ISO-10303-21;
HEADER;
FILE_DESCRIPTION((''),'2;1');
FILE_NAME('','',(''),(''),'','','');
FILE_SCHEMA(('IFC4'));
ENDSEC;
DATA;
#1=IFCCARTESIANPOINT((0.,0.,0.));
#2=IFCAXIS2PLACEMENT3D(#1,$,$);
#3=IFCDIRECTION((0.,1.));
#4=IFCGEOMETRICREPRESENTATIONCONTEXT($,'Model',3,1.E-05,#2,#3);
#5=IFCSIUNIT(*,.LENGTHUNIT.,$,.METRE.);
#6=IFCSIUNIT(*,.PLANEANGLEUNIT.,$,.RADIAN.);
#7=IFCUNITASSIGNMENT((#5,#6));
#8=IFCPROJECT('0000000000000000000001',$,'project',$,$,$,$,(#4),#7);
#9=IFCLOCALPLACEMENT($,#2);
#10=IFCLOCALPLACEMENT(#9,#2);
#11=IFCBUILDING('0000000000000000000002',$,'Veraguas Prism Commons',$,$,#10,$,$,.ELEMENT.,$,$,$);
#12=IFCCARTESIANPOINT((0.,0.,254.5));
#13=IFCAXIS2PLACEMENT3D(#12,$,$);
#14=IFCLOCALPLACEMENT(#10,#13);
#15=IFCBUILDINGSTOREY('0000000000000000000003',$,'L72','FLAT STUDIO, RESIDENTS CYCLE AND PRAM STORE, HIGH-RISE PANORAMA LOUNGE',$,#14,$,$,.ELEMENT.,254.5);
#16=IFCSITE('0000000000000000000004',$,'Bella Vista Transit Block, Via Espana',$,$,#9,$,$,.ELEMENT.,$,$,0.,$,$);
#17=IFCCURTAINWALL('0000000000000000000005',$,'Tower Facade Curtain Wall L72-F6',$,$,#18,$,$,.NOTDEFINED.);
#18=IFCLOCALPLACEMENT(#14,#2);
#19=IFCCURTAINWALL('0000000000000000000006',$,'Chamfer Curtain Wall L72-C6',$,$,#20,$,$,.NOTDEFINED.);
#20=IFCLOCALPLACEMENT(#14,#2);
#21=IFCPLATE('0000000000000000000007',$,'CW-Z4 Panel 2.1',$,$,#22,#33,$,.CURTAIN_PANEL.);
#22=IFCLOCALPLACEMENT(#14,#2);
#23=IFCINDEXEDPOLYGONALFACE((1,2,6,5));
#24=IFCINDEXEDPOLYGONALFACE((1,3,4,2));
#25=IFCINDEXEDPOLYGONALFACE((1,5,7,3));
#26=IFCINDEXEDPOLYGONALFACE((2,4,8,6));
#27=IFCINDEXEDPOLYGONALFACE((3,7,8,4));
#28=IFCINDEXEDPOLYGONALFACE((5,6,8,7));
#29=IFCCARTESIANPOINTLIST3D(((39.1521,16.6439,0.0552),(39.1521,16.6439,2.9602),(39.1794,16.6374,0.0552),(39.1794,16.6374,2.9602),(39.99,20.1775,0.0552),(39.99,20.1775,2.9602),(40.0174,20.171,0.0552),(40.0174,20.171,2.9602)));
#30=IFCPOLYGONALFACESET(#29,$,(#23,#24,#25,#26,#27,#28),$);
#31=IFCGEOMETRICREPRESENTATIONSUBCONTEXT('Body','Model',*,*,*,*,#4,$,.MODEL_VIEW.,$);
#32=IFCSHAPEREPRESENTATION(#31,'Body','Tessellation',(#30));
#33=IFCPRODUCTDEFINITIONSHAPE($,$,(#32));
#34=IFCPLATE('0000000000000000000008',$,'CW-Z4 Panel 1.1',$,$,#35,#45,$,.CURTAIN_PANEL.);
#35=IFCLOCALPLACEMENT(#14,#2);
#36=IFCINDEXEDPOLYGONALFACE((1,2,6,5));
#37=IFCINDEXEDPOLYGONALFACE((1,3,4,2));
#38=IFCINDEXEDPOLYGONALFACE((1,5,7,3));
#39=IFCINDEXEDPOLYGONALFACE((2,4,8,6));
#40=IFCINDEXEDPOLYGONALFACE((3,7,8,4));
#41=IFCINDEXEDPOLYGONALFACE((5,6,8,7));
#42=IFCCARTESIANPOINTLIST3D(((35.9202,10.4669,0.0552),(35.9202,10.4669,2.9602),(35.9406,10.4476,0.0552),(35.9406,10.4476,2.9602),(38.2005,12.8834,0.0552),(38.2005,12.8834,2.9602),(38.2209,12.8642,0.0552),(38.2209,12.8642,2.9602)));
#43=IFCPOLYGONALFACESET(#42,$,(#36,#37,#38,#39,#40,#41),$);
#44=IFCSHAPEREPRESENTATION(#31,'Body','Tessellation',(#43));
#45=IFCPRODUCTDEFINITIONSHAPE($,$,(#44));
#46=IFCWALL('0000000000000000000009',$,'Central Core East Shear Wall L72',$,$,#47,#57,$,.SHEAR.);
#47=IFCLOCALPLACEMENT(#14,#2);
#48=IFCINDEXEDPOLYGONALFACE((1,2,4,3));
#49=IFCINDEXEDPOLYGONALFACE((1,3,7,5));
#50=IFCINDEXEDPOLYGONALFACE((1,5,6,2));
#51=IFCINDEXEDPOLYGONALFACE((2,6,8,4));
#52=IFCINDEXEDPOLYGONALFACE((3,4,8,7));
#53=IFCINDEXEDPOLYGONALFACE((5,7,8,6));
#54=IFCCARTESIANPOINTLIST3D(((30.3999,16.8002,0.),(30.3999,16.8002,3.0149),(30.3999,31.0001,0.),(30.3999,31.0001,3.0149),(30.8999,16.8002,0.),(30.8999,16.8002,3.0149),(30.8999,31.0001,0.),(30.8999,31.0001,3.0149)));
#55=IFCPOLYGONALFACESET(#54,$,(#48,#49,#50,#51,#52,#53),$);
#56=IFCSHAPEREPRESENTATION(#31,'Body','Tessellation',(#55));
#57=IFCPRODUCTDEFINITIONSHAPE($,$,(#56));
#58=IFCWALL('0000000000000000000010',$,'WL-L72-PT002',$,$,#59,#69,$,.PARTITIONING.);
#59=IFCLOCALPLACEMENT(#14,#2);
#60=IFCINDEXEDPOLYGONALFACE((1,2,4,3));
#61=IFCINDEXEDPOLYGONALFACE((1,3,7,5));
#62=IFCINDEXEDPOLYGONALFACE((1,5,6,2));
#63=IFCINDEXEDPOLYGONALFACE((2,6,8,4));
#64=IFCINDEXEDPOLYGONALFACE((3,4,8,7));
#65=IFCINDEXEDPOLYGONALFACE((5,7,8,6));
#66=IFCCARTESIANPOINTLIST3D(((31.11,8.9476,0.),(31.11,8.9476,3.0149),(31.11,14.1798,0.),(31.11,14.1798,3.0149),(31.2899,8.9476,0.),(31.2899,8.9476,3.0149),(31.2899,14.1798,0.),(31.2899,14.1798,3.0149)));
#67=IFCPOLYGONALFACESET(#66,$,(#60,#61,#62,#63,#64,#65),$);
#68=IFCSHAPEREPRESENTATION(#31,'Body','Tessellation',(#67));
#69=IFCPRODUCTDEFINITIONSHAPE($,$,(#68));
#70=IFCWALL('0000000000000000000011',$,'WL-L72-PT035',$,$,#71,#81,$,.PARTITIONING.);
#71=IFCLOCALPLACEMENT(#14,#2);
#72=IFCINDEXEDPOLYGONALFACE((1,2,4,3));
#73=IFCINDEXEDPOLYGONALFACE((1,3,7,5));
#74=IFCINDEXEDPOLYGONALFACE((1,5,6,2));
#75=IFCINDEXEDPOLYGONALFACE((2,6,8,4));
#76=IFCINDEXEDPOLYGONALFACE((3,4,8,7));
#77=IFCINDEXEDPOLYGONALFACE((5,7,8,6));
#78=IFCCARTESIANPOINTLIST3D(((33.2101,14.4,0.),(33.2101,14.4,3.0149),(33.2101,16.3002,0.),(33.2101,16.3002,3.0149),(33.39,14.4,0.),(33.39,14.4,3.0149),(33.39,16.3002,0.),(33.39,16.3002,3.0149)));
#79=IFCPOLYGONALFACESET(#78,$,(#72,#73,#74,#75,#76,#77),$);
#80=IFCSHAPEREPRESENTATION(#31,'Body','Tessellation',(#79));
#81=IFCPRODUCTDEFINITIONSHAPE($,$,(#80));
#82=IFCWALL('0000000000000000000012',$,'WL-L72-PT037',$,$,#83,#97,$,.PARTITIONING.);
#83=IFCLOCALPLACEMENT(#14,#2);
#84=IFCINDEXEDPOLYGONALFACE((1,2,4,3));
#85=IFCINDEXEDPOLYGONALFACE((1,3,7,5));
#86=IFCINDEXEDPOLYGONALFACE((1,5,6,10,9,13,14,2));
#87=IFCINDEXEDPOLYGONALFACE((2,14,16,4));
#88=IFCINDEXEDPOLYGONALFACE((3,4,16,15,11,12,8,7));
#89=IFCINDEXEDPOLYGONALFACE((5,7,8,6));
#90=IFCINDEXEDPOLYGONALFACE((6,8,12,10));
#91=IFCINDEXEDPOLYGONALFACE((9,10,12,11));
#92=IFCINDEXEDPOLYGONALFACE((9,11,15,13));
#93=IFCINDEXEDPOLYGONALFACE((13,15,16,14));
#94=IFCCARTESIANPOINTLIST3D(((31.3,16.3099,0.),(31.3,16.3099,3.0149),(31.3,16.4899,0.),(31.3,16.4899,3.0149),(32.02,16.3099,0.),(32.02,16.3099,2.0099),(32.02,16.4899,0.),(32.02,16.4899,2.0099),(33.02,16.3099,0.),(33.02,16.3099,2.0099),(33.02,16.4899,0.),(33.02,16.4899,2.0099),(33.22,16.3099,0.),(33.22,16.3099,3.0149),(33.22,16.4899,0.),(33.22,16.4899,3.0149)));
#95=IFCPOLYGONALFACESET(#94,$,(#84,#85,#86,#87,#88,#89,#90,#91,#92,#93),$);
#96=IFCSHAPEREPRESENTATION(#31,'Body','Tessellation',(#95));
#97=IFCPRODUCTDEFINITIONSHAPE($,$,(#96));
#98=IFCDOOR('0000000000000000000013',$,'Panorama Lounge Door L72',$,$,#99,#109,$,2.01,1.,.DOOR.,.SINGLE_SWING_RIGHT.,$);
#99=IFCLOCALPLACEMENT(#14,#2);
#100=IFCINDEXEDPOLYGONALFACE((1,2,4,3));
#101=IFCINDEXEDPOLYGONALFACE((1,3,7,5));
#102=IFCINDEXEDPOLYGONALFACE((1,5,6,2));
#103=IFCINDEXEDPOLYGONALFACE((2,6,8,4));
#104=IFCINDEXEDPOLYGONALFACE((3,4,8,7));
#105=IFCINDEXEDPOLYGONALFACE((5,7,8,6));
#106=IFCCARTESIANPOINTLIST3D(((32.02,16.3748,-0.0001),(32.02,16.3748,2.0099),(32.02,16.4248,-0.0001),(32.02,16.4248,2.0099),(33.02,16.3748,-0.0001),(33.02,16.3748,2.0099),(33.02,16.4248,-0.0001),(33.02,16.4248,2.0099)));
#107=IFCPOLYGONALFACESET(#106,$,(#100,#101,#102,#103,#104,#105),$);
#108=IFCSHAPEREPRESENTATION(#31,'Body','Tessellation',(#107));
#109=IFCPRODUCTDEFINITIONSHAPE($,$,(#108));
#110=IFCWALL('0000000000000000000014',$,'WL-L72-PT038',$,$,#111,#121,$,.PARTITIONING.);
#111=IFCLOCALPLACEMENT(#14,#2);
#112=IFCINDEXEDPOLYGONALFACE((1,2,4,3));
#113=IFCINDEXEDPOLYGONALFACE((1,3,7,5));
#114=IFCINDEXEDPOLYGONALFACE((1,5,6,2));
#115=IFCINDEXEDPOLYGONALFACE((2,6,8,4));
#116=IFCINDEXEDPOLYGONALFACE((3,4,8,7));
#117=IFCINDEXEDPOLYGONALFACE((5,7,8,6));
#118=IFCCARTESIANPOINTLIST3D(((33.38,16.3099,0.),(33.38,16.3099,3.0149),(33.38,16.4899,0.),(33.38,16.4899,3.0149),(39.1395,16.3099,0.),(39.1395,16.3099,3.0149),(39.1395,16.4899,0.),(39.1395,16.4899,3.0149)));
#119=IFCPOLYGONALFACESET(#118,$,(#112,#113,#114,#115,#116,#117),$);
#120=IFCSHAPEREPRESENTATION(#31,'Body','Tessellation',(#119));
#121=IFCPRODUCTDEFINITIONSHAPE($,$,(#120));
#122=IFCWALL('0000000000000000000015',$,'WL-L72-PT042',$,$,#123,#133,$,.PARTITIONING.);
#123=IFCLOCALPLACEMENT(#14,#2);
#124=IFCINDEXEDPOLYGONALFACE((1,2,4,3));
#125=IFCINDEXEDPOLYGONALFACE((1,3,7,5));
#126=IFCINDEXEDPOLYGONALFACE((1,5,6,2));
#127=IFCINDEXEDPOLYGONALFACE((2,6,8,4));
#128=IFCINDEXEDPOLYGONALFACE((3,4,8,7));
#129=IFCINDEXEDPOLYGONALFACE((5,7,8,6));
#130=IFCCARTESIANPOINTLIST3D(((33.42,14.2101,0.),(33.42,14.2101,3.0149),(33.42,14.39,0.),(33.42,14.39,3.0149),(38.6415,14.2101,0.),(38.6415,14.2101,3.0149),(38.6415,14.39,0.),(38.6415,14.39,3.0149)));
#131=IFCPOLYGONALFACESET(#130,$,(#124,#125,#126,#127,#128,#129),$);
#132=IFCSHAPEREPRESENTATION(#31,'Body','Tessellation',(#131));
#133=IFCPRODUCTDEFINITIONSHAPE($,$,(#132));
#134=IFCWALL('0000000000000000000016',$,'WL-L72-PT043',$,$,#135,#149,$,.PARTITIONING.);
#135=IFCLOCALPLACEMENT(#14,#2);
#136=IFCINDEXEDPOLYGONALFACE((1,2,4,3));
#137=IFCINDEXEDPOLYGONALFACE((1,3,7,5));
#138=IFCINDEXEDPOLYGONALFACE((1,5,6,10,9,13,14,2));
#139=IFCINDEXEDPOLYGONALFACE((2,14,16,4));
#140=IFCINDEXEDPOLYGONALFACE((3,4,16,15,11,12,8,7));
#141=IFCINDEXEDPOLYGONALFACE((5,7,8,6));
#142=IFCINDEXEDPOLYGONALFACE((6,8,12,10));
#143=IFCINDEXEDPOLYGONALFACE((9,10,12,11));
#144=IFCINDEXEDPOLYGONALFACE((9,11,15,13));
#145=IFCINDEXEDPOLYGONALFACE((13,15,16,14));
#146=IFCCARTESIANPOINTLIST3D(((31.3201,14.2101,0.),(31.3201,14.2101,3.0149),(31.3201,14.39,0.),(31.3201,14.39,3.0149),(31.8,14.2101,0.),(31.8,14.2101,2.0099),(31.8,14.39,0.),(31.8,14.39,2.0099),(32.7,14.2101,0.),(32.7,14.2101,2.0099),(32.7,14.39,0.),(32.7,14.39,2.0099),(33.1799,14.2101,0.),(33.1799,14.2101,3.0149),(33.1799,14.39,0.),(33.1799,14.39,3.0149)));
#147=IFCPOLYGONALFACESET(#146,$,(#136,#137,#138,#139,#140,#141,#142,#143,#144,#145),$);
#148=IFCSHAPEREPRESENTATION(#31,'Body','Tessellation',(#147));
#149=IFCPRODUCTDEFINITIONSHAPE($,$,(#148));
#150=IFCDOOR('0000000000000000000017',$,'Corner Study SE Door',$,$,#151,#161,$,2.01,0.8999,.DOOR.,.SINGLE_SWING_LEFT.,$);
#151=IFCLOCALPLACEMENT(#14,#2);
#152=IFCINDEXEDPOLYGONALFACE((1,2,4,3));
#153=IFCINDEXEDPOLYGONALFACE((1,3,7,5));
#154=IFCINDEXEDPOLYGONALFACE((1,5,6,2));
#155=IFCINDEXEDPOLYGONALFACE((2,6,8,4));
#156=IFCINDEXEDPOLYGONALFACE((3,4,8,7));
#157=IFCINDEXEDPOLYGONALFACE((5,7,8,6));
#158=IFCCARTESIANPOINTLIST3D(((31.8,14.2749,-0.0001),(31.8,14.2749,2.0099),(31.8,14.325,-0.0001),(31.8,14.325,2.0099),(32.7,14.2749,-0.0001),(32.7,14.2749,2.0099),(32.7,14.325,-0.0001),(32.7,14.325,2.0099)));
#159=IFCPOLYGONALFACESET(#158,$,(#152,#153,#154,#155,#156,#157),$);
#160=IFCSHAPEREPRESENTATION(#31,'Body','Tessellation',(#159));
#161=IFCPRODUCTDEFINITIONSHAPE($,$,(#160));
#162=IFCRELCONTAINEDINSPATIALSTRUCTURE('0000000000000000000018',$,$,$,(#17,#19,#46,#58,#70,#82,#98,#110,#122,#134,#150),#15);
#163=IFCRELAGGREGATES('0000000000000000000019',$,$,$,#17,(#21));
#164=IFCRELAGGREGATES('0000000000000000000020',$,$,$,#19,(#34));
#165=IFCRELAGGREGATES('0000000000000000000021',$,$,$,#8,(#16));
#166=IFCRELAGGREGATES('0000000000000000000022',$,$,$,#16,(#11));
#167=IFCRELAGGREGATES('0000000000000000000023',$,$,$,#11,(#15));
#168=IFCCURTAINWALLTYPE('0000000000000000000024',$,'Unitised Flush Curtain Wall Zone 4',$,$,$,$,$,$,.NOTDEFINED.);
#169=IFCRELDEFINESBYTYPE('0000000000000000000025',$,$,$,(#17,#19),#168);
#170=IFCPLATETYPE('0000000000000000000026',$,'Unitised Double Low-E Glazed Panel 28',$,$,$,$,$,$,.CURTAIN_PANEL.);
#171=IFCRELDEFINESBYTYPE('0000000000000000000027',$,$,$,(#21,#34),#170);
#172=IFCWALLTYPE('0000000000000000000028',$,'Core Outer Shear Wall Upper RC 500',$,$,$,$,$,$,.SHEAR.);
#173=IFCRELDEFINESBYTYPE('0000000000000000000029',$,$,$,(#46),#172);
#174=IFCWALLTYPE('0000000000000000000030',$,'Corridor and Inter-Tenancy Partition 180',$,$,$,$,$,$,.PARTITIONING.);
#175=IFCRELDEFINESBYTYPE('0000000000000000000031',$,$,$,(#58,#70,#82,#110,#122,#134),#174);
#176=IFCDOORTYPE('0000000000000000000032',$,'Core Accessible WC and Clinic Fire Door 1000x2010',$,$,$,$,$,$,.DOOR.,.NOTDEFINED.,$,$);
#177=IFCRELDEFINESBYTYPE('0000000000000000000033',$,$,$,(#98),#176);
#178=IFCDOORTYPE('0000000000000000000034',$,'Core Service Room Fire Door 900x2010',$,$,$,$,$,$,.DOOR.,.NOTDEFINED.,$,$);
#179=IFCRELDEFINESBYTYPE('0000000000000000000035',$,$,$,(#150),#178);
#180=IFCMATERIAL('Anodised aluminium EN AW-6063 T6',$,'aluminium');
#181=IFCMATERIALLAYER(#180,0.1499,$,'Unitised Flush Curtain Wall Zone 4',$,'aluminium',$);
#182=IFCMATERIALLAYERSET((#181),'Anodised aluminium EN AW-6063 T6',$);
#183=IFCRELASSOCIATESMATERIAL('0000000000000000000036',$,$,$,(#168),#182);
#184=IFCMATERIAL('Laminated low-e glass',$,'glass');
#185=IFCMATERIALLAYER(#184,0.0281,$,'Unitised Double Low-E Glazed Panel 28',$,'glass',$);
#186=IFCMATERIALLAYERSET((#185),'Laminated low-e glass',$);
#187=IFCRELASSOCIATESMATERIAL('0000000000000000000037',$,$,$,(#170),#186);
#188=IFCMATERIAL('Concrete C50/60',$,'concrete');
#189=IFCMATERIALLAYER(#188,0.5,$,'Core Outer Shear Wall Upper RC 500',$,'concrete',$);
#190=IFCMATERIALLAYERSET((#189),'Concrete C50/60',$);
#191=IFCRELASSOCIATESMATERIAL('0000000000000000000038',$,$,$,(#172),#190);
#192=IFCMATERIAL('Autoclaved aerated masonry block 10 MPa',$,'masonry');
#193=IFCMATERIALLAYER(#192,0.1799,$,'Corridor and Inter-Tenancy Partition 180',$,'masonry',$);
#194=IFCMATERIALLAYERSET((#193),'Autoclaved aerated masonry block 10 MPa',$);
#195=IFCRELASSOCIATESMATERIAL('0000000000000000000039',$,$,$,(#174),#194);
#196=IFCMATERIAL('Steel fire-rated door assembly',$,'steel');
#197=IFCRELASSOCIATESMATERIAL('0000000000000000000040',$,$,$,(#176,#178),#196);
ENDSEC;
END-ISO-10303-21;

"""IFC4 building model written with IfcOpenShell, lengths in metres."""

from ifc_helpers import new_model, si_unit, direction, frame, frame_2d, origin, origin_2d, place, context, subcontext, project, spatial, rectangle, extrude, source, transform, mapped, material, layer, layer_set, type_object, element, fill, aggregate, save


model = new_model("IFC4")

# Units and contexts
model_context = context("Model", 3, precision=1e-05, world=origin(), true_north=direction((0.0, 1.0)))
body_context = subcontext(model_context, "Body", "Model", "MODEL_VIEW")
ifc_project = project(units=[si_unit("LENGTHUNIT", "METRE"), si_unit("PLANEANGLEUNIT", "RADIAN")], contexts=[model_context])

# Site, building, storey
site_placement = place(None, origin())
site = spatial("IfcSite", under=ifc_project, at=site_placement, Name="Bella Vista Transit Block, Via Espana", CompositionType="ELEMENT", RefElevation=0.0)
building_placement = place(site_placement, origin())
building = spatial("IfcBuilding", under=site, at=building_placement, Name="Veraguas Prism Commons", CompositionType="ELEMENT")
storey_placement = place(building_placement, frame((0.0, 0.0, 254.5)))
storey = spatial("IfcBuildingStorey", under=building, at=storey_placement, Name="L72", Description="FLAT STUDIO, RESIDENTS CYCLE AND PRAM STORE, HIGH-RISE PANORAMA LOUNGE", CompositionType="ELEMENT", Elevation=254.5)

# Shared definitions
ifc_material_1 = material(Name="Concrete C50/60", Category="concrete")

# Curtain walls
ifc_material_2 = material(Name="Anodised aluminium EN AW-6063 T6", Category="aluminium")
ifc_layer_1 = layer(ifc_material_2, 0.1499, Name="Unitised Flush Curtain Wall Zone 4", Category="aluminium")
ifc_layer_set_1 = layer_set([ifc_layer_1], Name="Anodised aluminium EN AW-6063 T6")
curtain_wall_type = type_object("IfcCurtainWallType", Name="Unitised Flush Curtain Wall Zone 4", PredefinedType="NOTDEFINED", material=ifc_layer_set_1)
curtain_wall_1_placement = place(storey_placement, origin())
curtain_wall_1 = element("IfcCurtainWall", 1, at=curtain_wall_1_placement, inside=storey, type_object=curtain_wall_type, Name="Tower Facade Curtain Wall L72-F6", PredefinedType="NOTDEFINED")
curtain_wall_2_placement = place(storey_placement, origin())
curtain_wall_2 = element("IfcCurtainWall", 2, at=curtain_wall_2_placement, inside=storey, type_object=curtain_wall_type, Name="Chamfer Curtain Wall L72-C6", PredefinedType="NOTDEFINED")

# Plates
ifc_material_3 = material(Name="Laminated low-e glass", Category="glass")
ifc_layer_2 = layer(ifc_material_3, 0.0281, Name="Unitised Double Low-E Glazed Panel 28", Category="glass")
ifc_layer_set_2 = layer_set([ifc_layer_2], Name="Laminated low-e glass")
plate_type = type_object("IfcPlateType", Name="Unitised Double Low-E Glazed Panel 28", PredefinedType="CURTAIN_PANEL", material=ifc_layer_set_2)
shared_shape_1 = source(origin(), body_context, "Body", "SweptSolid", [
    extrude(rectangle(XDim=3.6316, YDim=0.0281, at=origin_2d()), origin(), (0.0, 0.0, 1.0), 2.905),
])
plate_1_placement = place(storey_placement, frame((39.5847, 18.4075, 0.0552), z_axis=(0.0, 0.0, 1.0), x_axis=(0.230741, 0.973015, 0.0)))
plate_1 = element("IfcPlate", 3, at=plate_1_placement, type_object=plate_type, Name="CW-Z4 Panel 2.1", PredefinedType="CURTAIN_PANEL", context=body_context, shape_type="MappedRepresentation", body=[
    mapped(shared_shape_1, transform((0.0, 0.0, 0.0), scale=1.0)),
])
aggregate(curtain_wall_1, [plate_1])
shared_shape_2 = source(origin(), body_context, "Body", "SweptSolid", [
    extrude(rectangle(XDim=3.3225, YDim=0.0281, at=origin_2d()), origin(), (0.0, 0.0, 1.0), 2.905),
])
plate_2_placement = place(storey_placement, frame((37.0706, 11.6655, 0.0552), z_axis=(0.0, 0.0, 1.0), x_axis=(0.686301, 0.727318, 0.0)))
plate_2 = element("IfcPlate", 4, at=plate_2_placement, type_object=plate_type, Name="CW-Z4 Panel 1.1", PredefinedType="CURTAIN_PANEL", context=body_context, shape_type="MappedRepresentation", body=[
    mapped(shared_shape_2, transform((0.0, 0.0, 0.0), scale=1.0)),
])
aggregate(curtain_wall_2, [plate_2])

# Walls
ifc_layer_3 = layer(ifc_material_1, 0.5, Name="Core Outer Shear Wall Upper RC 500", Category="concrete")
ifc_layer_set_3 = layer_set([ifc_layer_3], Name="Concrete C50/60")
wall_type_1 = type_object("IfcWallType", Name="Core Outer Shear Wall Upper RC 500", PredefinedType="SHEAR", material=ifc_layer_set_3)
wall_1_placement = place(storey_placement, frame((30.6499, 16.8, 0.0), z_axis=(0.0, 0.0, 1.0), x_axis=(0.0, 1.0, 0.0)))
element("IfcWall", 5, at=wall_1_placement, inside=storey, type_object=wall_type_1, Name="Central Core East Shear Wall L72", PredefinedType="SHEAR", context=body_context, shape_type="SweptSolid", body=[
    extrude(rectangle(XDim=14.2, YDim=0.5, at=frame_2d((7.1001, 0.0))), origin(), (0.0, 0.0, 1.0), 3.0149),
])
ifc_material_4 = material(Name="Autoclaved aerated masonry block 10 MPa", Category="masonry")
ifc_layer_4 = layer(ifc_material_4, 0.1799, Name="Corridor and Inter-Tenancy Partition 180", Category="masonry")
ifc_layer_set_4 = layer_set([ifc_layer_4], Name="Autoclaved aerated masonry block 10 MPa")
wall_type_2 = type_object("IfcWallType", Name="Corridor and Inter-Tenancy Partition 180", PredefinedType="PARTITIONING", material=ifc_layer_set_4)
wall_2_placement = place(storey_placement, frame((31.2, 14.1799, 0.0), z_axis=(0.0, 0.0, 1.0), x_axis=(0.0, -1.0, 0.0)))
element("IfcWall", 6, at=wall_2_placement, inside=storey, type_object=wall_type_2, Name="WL-L72-PT002", PredefinedType="PARTITIONING", context=body_context, shape_type="SweptSolid", body=[
    extrude(rectangle(XDim=5.2322, YDim=0.1799, at=frame_2d((2.6162, 0.0))), origin(), (0.0, 0.0, 1.0), 3.0149),
])
wall_3_placement = place(storey_placement, frame((33.3, 14.3999, 0.0), z_axis=(0.0, 0.0, 1.0), x_axis=(0.0, 1.0, 0.0)))
element("IfcWall", 7, at=wall_3_placement, inside=storey, type_object=wall_type_2, Name="WL-L72-PT035", PredefinedType="PARTITIONING", context=body_context, shape_type="SweptSolid", body=[
    extrude(rectangle(XDim=1.9001, YDim=0.1799, at=frame_2d((0.9502, 0.0))), origin(), (0.0, 0.0, 1.0), 3.0149),
])

# Wall, opening, door
wall_4_placement = place(storey_placement, frame((31.3, 16.3999, 0.0), z_axis=(0.0, 0.0, 1.0), x_axis=(1.0, 0.0, 0.0)))
wall_4 = element("IfcWall", 8, at=wall_4_placement, inside=storey, type_object=wall_type_2, Name="WL-L72-PT037", PredefinedType="PARTITIONING", context=body_context, shape_type="SweptSolid", body=[
    extrude(rectangle(XDim=1.9199, YDim=0.1799, at=frame_2d((0.96, 0.0))), origin(), (0.0, 0.0, 1.0), 3.0149),
])
opening_1_placement = place(wall_4_placement, frame((0.72, 0.0, 0.0)))
opening_1 = element("IfcOpeningElement", 9, at=opening_1_placement, cuts=wall_4, PredefinedType="OPENING", context=body_context, shape_type="SweptSolid", body=[
    extrude(rectangle(XDim=1.0, YDim=2.01, at=frame_2d((0.5, 1.0049))), frame((0.0, 0.0999, 0.0), z_axis=(0.0, -1.0, 0.0), x_axis=(1.0, 0.0, 0.0)), (0.0, 0.0, 1.0), 0.2),
])
ifc_material_5 = material(Name="Steel fire-rated door assembly", Category="steel")
door_type_1 = type_object("IfcDoorType", Name="Core Accessible WC and Clinic Fire Door 1000x2010", OperationType="NOTDEFINED", PredefinedType="DOOR", material=ifc_material_5)
shared_shape_3 = source(origin(), body_context, "Body", "SweptSolid", [
    extrude(rectangle(XDim=1.0, YDim=2.01, at=frame_2d((0.5, 1.0049))), frame((0.0, 0.0249, 0.0), z_axis=(0.0, -1.0, 0.0), x_axis=(1.0, 0.0, 0.0)), (0.0, 0.0, 1.0), 0.05),
])
door_1_placement = place(opening_1_placement, origin())
door_1 = element("IfcDoor", 10, at=door_1_placement, inside=storey, type_object=door_type_1, Name="Panorama Lounge Door L72", OperationType="SINGLE_SWING_RIGHT", OverallHeight=2.01, OverallWidth=1.0, PredefinedType="DOOR", context=body_context, shape_type="MappedRepresentation", body=[
    mapped(shared_shape_3, transform((0.0, 0.0, 0.0), scale=1.0)),
])
fill(opening_1, door_1)

# Walls
wall_5_placement = place(storey_placement, frame((33.3799, 16.3999, 0.0), z_axis=(0.0, 0.0, 1.0), x_axis=(1.0, 0.0, 0.0)))
element("IfcWall", 11, at=wall_5_placement, inside=storey, type_object=wall_type_2, Name="WL-L72-PT038", PredefinedType="PARTITIONING", context=body_context, shape_type="SweptSolid", body=[
    extrude(rectangle(XDim=5.7595, YDim=0.1799, at=frame_2d((2.8799, 0.0))), origin(), (0.0, 0.0, 1.0), 3.0149),
])
wall_6_placement = place(storey_placement, frame((33.4199, 14.3, 0.0), z_axis=(0.0, 0.0, 1.0), x_axis=(1.0, 0.0, 0.0)))
element("IfcWall", 12, at=wall_6_placement, inside=storey, type_object=wall_type_2, Name="WL-L72-PT042", PredefinedType="PARTITIONING", context=body_context, shape_type="SweptSolid", body=[
    extrude(rectangle(XDim=5.2214, YDim=0.1799, at=frame_2d((2.6108, 0.0))), origin(), (0.0, 0.0, 1.0), 3.0149),
])

# Wall, opening, door
wall_7_placement = place(storey_placement, frame((31.3201, 14.3, 0.0), z_axis=(0.0, 0.0, 1.0), x_axis=(1.0, 0.0, 0.0)))
wall_7 = element("IfcWall", 13, at=wall_7_placement, inside=storey, type_object=wall_type_2, Name="WL-L72-PT043", PredefinedType="PARTITIONING", context=body_context, shape_type="SweptSolid", body=[
    extrude(rectangle(XDim=1.8599, YDim=0.1799, at=frame_2d((0.9299, 0.0))), origin(), (0.0, 0.0, 1.0), 3.0149),
])
opening_2_placement = place(wall_7_placement, frame((0.48, 0.0, 0.0)))
opening_2 = element("IfcOpeningElement", 14, at=opening_2_placement, cuts=wall_7, PredefinedType="OPENING", context=body_context, shape_type="SweptSolid", body=[
    extrude(rectangle(XDim=0.8999, YDim=2.01, at=frame_2d((0.45, 1.0049))), frame((0.0, 0.0999, 0.0), z_axis=(0.0, -1.0, 0.0), x_axis=(1.0, 0.0, 0.0)), (0.0, 0.0, 1.0), 0.2),
])
door_type_2 = type_object("IfcDoorType", Name="Core Service Room Fire Door 900x2010", OperationType="NOTDEFINED", PredefinedType="DOOR", material=ifc_material_5)
shared_shape_4 = source(origin(), body_context, "Body", "SweptSolid", [
    extrude(rectangle(XDim=0.8999, YDim=2.01, at=frame_2d((0.45, 1.0049))), frame((0.0, 0.0249, 0.0), z_axis=(0.0, -1.0, 0.0), x_axis=(1.0, 0.0, 0.0)), (0.0, 0.0, 1.0), 0.05),
])
door_2_placement = place(opening_2_placement, origin())
door_2 = element("IfcDoor", 15, at=door_2_placement, inside=storey, type_object=door_type_2, Name="Corner Study SE Door", OperationType="SINGLE_SWING_LEFT", OverallHeight=2.01, OverallWidth=0.8999, PredefinedType="DOOR", context=body_context, shape_type="MappedRepresentation", body=[
    mapped(shared_shape_4, transform((0.0, 0.0, 0.0), scale=1.0)),
])
fill(opening_2, door_2)

save(model, "model.ifc")
